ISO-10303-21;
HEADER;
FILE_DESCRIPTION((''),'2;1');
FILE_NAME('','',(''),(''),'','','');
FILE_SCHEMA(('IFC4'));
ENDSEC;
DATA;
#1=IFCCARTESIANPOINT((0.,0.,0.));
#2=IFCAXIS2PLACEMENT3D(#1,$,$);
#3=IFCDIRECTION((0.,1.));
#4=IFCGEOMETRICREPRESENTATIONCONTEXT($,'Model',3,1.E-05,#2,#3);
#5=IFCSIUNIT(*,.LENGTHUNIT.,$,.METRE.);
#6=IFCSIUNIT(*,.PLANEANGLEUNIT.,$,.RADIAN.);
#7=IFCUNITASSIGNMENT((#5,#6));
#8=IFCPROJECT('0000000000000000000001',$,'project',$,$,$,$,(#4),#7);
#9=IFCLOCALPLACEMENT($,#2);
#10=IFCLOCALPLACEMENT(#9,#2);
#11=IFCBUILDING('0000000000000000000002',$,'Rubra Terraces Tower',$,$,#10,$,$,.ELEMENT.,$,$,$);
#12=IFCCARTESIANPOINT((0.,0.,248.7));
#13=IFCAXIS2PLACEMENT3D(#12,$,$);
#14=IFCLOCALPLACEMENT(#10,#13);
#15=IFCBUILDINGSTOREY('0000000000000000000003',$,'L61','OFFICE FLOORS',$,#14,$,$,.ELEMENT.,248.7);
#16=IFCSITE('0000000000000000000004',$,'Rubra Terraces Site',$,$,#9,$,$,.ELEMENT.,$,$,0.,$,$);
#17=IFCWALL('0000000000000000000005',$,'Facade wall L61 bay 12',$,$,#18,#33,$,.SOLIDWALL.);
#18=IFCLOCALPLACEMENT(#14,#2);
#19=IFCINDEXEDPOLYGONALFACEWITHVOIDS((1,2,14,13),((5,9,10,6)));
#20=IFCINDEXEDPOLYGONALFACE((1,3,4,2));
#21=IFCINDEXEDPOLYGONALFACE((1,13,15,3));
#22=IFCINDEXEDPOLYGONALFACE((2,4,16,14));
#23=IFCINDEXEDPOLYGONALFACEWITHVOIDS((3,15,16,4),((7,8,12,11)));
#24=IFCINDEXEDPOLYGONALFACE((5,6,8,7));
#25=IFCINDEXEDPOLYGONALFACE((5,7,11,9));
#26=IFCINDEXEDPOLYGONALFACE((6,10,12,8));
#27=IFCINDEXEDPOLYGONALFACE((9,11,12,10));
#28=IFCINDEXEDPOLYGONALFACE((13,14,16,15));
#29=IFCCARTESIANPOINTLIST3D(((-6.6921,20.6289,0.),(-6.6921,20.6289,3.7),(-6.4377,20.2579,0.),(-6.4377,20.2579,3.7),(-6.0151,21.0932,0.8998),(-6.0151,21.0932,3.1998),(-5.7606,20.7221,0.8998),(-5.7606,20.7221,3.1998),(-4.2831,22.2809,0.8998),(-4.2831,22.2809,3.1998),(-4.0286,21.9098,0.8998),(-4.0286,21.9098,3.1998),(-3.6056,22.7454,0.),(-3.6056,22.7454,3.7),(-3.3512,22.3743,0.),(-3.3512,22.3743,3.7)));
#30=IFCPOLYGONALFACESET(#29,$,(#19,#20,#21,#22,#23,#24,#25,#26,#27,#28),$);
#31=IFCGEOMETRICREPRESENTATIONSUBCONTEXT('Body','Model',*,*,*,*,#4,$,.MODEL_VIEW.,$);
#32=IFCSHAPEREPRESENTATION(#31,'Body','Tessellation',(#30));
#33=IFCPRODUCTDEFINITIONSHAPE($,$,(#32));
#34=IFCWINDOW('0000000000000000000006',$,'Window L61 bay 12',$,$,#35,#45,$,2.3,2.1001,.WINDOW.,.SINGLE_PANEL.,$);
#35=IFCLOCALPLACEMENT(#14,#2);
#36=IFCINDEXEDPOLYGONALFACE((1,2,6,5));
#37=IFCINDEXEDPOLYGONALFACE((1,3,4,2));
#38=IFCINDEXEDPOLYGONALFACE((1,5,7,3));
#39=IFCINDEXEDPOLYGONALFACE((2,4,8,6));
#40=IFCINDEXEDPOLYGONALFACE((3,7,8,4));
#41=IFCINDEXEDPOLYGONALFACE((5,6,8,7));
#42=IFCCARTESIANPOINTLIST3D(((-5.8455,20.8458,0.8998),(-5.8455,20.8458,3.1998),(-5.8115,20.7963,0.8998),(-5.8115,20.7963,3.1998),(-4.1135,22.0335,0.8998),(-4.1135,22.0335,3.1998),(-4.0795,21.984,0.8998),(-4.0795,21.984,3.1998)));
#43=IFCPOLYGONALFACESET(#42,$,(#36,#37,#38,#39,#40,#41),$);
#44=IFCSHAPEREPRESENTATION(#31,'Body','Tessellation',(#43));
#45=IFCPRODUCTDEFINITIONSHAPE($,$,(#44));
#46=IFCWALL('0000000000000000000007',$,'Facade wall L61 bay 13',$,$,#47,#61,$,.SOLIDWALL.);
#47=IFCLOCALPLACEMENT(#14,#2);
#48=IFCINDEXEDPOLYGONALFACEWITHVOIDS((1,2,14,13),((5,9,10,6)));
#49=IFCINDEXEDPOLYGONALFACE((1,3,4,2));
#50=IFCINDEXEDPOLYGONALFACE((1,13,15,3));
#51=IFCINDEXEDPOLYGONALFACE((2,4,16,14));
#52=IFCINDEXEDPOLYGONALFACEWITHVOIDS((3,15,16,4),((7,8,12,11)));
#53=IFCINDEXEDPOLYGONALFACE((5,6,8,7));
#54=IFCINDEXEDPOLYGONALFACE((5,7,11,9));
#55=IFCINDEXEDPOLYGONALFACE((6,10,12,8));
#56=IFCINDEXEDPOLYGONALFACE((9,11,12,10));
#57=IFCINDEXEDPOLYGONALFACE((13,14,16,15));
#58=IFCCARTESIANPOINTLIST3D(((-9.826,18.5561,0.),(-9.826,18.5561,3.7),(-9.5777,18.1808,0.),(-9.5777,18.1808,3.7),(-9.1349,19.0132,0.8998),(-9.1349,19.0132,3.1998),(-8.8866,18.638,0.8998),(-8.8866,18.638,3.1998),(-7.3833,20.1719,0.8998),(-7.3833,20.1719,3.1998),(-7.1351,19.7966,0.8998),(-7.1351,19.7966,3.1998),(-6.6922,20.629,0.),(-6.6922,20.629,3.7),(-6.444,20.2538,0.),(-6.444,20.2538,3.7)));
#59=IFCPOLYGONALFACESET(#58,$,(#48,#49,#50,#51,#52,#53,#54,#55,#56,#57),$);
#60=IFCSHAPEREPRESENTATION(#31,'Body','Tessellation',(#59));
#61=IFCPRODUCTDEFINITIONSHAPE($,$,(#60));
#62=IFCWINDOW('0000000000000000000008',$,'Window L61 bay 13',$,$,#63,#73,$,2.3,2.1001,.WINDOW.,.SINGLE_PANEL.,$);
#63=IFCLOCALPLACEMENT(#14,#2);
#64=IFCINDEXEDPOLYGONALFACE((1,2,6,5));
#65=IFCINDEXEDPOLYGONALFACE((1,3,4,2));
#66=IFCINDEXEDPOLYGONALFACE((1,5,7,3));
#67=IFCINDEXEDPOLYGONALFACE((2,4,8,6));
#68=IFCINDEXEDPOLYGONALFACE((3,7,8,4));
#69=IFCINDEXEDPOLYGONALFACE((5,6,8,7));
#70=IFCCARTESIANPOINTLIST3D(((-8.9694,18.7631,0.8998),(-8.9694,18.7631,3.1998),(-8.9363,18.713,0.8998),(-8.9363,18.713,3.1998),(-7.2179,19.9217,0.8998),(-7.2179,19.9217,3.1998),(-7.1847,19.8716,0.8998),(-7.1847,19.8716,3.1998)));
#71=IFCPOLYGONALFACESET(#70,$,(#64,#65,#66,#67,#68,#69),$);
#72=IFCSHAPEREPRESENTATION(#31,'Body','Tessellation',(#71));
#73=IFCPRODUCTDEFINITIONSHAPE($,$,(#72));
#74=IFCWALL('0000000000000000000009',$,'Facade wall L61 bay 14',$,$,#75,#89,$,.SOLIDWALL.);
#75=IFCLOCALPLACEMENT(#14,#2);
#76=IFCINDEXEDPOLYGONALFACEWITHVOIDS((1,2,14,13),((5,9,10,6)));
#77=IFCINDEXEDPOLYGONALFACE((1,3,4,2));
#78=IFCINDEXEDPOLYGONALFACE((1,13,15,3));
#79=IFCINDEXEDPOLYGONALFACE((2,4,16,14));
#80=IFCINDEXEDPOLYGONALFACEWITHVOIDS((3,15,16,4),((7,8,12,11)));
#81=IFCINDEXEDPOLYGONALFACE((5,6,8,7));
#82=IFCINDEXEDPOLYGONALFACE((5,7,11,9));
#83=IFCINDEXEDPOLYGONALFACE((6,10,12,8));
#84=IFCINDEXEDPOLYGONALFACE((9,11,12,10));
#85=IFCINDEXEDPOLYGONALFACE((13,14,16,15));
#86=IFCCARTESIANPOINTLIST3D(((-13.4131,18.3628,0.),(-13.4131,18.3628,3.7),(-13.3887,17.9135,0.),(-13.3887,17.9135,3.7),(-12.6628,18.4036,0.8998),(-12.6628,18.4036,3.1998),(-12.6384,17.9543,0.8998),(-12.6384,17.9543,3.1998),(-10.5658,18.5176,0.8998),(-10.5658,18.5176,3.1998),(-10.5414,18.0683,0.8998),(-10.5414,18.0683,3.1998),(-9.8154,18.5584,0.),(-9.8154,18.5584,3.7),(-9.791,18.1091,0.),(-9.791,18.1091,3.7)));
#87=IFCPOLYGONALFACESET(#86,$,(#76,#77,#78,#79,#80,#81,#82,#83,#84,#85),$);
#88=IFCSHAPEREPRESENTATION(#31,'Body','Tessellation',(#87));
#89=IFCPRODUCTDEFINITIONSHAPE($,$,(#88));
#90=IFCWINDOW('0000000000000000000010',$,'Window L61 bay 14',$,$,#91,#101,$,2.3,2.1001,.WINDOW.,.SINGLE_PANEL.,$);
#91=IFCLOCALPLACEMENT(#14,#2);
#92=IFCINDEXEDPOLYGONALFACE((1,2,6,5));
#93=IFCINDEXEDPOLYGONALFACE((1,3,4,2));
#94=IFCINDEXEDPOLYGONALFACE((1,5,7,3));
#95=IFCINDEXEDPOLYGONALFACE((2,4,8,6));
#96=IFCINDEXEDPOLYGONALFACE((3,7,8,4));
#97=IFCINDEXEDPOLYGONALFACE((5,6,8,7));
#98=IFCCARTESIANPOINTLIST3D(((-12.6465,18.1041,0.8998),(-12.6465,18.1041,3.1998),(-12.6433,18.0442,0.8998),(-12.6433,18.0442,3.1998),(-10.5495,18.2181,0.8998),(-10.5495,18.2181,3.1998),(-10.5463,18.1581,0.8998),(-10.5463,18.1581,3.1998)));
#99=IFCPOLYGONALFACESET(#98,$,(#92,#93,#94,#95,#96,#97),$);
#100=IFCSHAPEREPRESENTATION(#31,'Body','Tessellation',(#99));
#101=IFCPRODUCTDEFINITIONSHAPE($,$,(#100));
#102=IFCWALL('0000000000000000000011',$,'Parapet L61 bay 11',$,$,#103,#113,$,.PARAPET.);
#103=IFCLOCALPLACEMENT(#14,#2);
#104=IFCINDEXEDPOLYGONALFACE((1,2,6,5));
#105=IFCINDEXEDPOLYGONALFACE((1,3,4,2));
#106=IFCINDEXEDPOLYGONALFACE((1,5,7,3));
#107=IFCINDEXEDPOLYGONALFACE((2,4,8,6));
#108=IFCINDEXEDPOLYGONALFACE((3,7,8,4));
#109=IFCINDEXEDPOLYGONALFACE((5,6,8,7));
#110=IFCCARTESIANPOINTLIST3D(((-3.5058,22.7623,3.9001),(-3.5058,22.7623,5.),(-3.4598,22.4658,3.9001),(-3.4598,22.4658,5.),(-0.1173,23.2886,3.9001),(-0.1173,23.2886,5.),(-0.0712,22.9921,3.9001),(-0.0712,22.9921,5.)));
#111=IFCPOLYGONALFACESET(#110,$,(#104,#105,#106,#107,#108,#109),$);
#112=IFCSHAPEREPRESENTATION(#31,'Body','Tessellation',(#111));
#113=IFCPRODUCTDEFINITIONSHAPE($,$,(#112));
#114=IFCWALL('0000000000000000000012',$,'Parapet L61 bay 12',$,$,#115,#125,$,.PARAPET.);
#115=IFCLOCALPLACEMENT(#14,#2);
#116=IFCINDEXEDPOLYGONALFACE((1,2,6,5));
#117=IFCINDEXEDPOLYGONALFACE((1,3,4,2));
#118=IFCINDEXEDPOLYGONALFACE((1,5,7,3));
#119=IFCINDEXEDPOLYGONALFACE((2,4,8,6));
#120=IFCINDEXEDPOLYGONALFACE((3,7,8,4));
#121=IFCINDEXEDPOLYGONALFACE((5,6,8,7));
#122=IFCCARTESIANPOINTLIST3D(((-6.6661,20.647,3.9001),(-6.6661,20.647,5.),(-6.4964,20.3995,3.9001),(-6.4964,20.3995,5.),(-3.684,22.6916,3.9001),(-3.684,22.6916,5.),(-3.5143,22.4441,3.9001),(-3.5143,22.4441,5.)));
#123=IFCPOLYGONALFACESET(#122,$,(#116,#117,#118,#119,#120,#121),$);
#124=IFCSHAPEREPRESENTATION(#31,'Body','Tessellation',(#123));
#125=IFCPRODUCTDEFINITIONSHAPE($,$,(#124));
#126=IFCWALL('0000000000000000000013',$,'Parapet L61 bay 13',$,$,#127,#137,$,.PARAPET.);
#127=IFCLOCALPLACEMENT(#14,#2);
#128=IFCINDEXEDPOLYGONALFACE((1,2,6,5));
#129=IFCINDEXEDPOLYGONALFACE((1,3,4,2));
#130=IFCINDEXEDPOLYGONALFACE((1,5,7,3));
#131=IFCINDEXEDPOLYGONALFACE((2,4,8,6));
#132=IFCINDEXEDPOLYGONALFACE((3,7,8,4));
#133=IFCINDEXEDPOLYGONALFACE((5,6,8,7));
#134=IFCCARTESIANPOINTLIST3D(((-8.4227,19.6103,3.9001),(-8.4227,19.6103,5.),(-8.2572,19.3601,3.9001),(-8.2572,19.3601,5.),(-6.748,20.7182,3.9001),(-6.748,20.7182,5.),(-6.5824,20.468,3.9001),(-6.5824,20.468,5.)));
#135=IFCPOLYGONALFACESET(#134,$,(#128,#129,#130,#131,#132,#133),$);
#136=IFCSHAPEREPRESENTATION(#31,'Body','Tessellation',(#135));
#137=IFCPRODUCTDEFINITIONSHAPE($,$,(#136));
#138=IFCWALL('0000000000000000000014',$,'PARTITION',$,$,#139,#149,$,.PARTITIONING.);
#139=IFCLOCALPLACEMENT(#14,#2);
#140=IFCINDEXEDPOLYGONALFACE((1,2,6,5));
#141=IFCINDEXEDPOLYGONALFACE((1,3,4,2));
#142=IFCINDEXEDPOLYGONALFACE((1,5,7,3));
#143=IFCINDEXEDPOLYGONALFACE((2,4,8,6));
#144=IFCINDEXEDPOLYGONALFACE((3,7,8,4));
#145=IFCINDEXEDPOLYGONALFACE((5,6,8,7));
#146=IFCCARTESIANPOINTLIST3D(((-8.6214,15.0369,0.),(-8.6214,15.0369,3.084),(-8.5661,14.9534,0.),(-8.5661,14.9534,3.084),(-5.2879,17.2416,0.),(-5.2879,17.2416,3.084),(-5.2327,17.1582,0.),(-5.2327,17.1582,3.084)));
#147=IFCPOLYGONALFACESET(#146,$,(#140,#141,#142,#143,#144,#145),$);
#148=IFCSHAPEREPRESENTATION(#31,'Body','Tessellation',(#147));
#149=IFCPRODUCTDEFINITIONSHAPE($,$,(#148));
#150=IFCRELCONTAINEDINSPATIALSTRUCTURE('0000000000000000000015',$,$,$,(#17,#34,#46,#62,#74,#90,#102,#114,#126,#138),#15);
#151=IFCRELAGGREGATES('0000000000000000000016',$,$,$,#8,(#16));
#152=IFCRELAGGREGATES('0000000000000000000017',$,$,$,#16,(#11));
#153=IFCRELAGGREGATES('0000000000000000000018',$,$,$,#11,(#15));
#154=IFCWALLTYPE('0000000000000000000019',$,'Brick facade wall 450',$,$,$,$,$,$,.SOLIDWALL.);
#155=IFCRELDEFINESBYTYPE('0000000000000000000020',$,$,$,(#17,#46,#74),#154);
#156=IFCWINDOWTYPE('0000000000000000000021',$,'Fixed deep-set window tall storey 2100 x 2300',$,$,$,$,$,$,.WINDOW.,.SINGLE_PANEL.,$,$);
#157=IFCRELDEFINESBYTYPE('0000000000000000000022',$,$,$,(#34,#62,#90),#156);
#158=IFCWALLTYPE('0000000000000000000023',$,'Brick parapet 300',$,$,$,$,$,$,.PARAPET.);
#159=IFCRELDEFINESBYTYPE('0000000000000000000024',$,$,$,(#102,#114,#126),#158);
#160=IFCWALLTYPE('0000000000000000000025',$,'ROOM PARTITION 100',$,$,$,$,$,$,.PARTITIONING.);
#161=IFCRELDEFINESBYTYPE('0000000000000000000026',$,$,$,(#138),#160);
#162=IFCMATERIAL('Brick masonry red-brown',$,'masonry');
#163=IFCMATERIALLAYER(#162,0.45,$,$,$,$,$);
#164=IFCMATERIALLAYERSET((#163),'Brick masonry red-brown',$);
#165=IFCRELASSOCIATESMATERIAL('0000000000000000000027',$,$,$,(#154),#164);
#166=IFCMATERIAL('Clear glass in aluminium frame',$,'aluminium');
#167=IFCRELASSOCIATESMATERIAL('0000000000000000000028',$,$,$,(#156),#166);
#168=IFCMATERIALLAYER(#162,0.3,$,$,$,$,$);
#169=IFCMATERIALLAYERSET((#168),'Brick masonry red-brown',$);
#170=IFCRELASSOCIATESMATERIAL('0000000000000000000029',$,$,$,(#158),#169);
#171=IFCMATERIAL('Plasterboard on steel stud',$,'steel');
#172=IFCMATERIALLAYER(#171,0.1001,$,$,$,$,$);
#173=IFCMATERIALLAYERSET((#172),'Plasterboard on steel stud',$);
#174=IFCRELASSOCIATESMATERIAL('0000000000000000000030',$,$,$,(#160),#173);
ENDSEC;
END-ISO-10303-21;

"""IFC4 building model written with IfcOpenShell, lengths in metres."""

from ifc_helpers import new_model, si_unit, direction, frame, frame_2d, origin, place, context, subcontext, project, spatial, rectangle, extrude, material, layer, layer_set, type_object, element, fill, save


model = new_model("IFC4")

# Units and contexts
model_context = context("Model", 3, precision=1e-05, world=origin(), true_north=direction((0.0, 1.0)))
body_context = subcontext(model_context, "Body", "Model", "MODEL_VIEW")
ifc_project = project(units=[si_unit("LENGTHUNIT", "METRE"), si_unit("PLANEANGLEUNIT", "RADIAN")], contexts=[model_context])

# Site, building, storey
site_placement = place(None, origin())
site = spatial("IfcSite", under=ifc_project, at=site_placement, Name="Rubra Terraces Site", CompositionType="ELEMENT", RefElevation=0.0)
building_placement = place(site_placement, origin())
building = spatial("IfcBuilding", under=site, at=building_placement, Name="Rubra Terraces Tower", CompositionType="ELEMENT")
storey_placement = place(building_placement, frame((0.0, 0.0, 248.7)))
storey = spatial("IfcBuildingStorey", under=building, at=storey_placement, Name="L61", Description="OFFICE FLOORS", CompositionType="ELEMENT", Elevation=248.7)

# Walls, openings, windows
ifc_material_1 = material(Name="Brick masonry red-brown", Category="masonry")
ifc_layer_1 = layer(ifc_material_1, 0.45)
ifc_layer_set_1 = layer_set([ifc_layer_1], Name="Brick masonry red-brown")
wall_type_1 = type_object("IfcWallType", Name="Brick facade wall 450", PredefinedType="SOLIDWALL", material=ifc_layer_set_1)
wall_1_placement = place(storey_placement, frame((-3.4785, 22.5598, 0.0), z_axis=(0.0, 0.0, 1.0), x_axis=(-0.824723, -0.565537, 0.0)))
wall_1 = element("IfcWall", 1, at=wall_1_placement, inside=storey, type_object=wall_type_1, Name="Facade wall L61 bay 12", PredefinedType="SOLIDWALL", context=body_context, shape_type="SweptSolid", body=[
    extrude(rectangle(XDim=3.7424, YDim=0.45, at=frame_2d((1.8711, 0.0))), origin(), (0.0, 0.0, 1.0), 3.7),
])
opening_1_placement = place(wall_1_placement, frame((0.8213, 0.0, 0.8999)))
opening_1 = element("IfcOpeningElement", 2, at=opening_1_placement, cuts=wall_1, PredefinedType="OPENING", context=body_context, shape_type="SweptSolid", body=[
    extrude(rectangle(XDim=2.1001, YDim=2.3, at=frame_2d((1.05, 1.1499))), frame((0.0, 0.2349, 0.0), z_axis=(0.0, -1.0, 0.0), x_axis=(1.0, 0.0, 0.0)), (0.0, 0.0, 1.0), 0.47),
])
ifc_material_2 = material(Name="Clear glass in aluminium frame", Category="aluminium")
window_type = type_object("IfcWindowType", Name="Fixed deep-set window tall storey 2100 x 2300", PartitioningType="SINGLE_PANEL", PredefinedType="WINDOW", material=ifc_material_2)
window_1_placement = place(opening_1_placement, origin())
window_1 = element("IfcWindow", 3, at=window_1_placement, inside=storey, type_object=window_type, Name="Window L61 bay 12", OverallHeight=2.3, OverallWidth=2.1001, PartitioningType="SINGLE_PANEL", PredefinedType="WINDOW", context=body_context, shape_type="SweptSolid", body=[
    extrude(rectangle(XDim=2.1001, YDim=2.3, at=frame_2d((1.05, 1.1499))), frame((0.0, 0.135, 0.0), z_axis=(0.0, -1.0, 0.0), x_axis=(1.0, 0.0, 0.0)), (0.0, 0.0, 1.0), 0.0601),
])
fill(opening_1, window_1)
wall_2_placement = place(storey_placement, frame((-6.5681, 20.4414, 0.0), z_axis=(0.0, 0.0, 1.0), x_axis=(-0.834034, -0.551713, 0.0)))
wall_2 = element("IfcWall", 4, at=wall_2_placement, inside=storey, type_object=wall_type_1, Name="Facade wall L61 bay 13", PredefinedType="SOLIDWALL", context=body_context, shape_type="SweptSolid", body=[
    extrude(rectangle(XDim=3.7573, YDim=0.45, at=frame_2d((1.8787, 0.0))), origin(), (0.0, 0.0, 1.0), 3.7),
])
opening_2_placement = place(wall_2_placement, frame((0.8286, 0.0, 0.8999)))
opening_2 = element("IfcOpeningElement", 5, at=opening_2_placement, cuts=wall_2, PredefinedType="OPENING", context=body_context, shape_type="SweptSolid", body=[
    extrude(rectangle(XDim=2.1001, YDim=2.3, at=frame_2d((1.05, 1.1499))), frame((0.0, 0.2349, 0.0), z_axis=(0.0, -1.0, 0.0), x_axis=(1.0, 0.0, 0.0)), (0.0, 0.0, 1.0), 0.47),
])
window_2_placement = place(opening_2_placement, origin())
window_2 = element("IfcWindow", 6, at=window_2_placement, inside=storey, type_object=window_type, Name="Window L61 bay 13", OverallHeight=2.3, OverallWidth=2.1001, PartitioningType="SINGLE_PANEL", PredefinedType="WINDOW", context=body_context, shape_type="SweptSolid", body=[
    extrude(rectangle(XDim=2.1001, YDim=2.3, at=frame_2d((1.05, 1.1499))), frame((0.0, 0.135, 0.0), z_axis=(0.0, -1.0, 0.0), x_axis=(1.0, 0.0, 0.0)), (0.0, 0.0, 1.0), 0.0601),
])
fill(opening_2, window_2)
wall_3_placement = place(storey_placement, frame((-9.8032, 18.3337, 0.0), z_axis=(0.0, 0.0, 1.0), x_axis=(-0.998526, -0.054277, 0.0)))
wall_3 = element("IfcWall", 7, at=wall_3_placement, inside=storey, type_object=wall_type_1, Name="Facade wall L61 bay 14", PredefinedType="SOLIDWALL", context=body_context, shape_type="SweptSolid", body=[
    extrude(rectangle(XDim=3.603, YDim=0.45, at=frame_2d((1.8015, 0.0))), origin(), (0.0, 0.0, 1.0), 3.7),
])
opening_3_placement = place(wall_3_placement, frame((0.7515, 0.0, 0.8999)))
opening_3 = element("IfcOpeningElement", 8, at=opening_3_placement, cuts=wall_3, PredefinedType="OPENING", context=body_context, shape_type="SweptSolid", body=[
    extrude(rectangle(XDim=2.1001, YDim=2.3, at=frame_2d((1.05, 1.1499))), frame((0.0, 0.2349, 0.0), z_axis=(0.0, -1.0, 0.0), x_axis=(1.0, 0.0, 0.0)), (0.0, 0.0, 1.0), 0.47),
])
window_3_placement = place(opening_3_placement, origin())
window_3 = element("IfcWindow", 9, at=window_3_placement, inside=storey, type_object=window_type, Name="Window L61 bay 14", OverallHeight=2.3, OverallWidth=2.1001, PartitioningType="SINGLE_PANEL", PredefinedType="WINDOW", context=body_context, shape_type="SweptSolid", body=[
    extrude(rectangle(XDim=2.1001, YDim=2.3, at=frame_2d((1.05, 1.1499))), frame((0.0, 0.135, 0.0), z_axis=(0.0, -1.0, 0.0), x_axis=(1.0, 0.0, 0.0)), (0.0, 0.0, 1.0), 0.0601),
])
fill(opening_3, window_3)

# Walls
ifc_layer_2 = layer(ifc_material_1, 0.3)
ifc_layer_set_2 = layer_set([ifc_layer_2], Name="Brick masonry red-brown")
wall_type_2 = type_object("IfcWallType", Name="Brick parapet 300", PredefinedType="PARAPET", material=ifc_layer_set_2)
wall_4_placement = place(storey_placement, frame((-0.0942, 23.1404, 3.9001), z_axis=(0.0, 0.0, 1.0), x_axis=(-0.98815, -0.153491, 0.0)))
element("IfcWall", 10, at=wall_4_placement, inside=storey, type_object=wall_type_2, Name="Parapet L61 bay 11", PredefinedType="PARAPET", context=body_context, shape_type="SweptSolid", body=[
    extrude(rectangle(XDim=3.4292, YDim=0.3, at=frame_2d((1.7146, 0.0))), origin(), (0.0, 0.0, 1.0), 1.0999),
])
wall_5_placement = place(storey_placement, frame((-3.5991, 22.5679, 3.9001), z_axis=(0.0, 0.0, 1.0), x_axis=(-0.82476, -0.565482, 0.0)))
element("IfcWall", 11, at=wall_5_placement, inside=storey, type_object=wall_type_2, Name="Parapet L61 bay 12", PredefinedType="PARAPET", context=body_context, shape_type="SweptSolid", body=[
    extrude(rectangle(XDim=3.6157, YDim=0.3, at=frame_2d((1.8079, 0.0))), origin(), (0.0, 0.0, 1.0), 1.0999),
])
wall_6_placement = place(storey_placement, frame((-6.6653, 20.593, 3.9001), z_axis=(0.0, 0.0, 1.0), x_axis=(-0.834028, -0.551723, 0.0)))
element("IfcWall", 12, at=wall_6_placement, inside=storey, type_object=wall_type_2, Name="Parapet L61 bay 13", PredefinedType="PARAPET", context=body_context, shape_type="SweptSolid", body=[
    extrude(rectangle(XDim=2.0081, YDim=0.3, at=frame_2d((1.0039, 0.0))), origin(), (0.0, 0.0, 1.0), 1.0999),
])
ifc_material_3 = material(Name="Plasterboard on steel stud", Category="steel")
ifc_layer_3 = layer(ifc_material_3, 0.1001)
ifc_layer_set_3 = layer_set([ifc_layer_3], Name="Plasterboard on steel stud")
wall_type_3 = type_object("IfcWallType", Name="ROOM PARTITION 100", PredefinedType="PARTITIONING", material=ifc_layer_set_3)
wall_7_placement = place(storey_placement, frame((-8.5938, 14.9951, 0.0), z_axis=(0.0, 0.0, 1.0), x_axis=(0.834065, 0.551666, 0.0)))
element("IfcWall", 13, at=wall_7_placement, inside=storey, type_object=wall_type_3, Name="PARTITION", PredefinedType="PARTITIONING", context=body_context, shape_type="SweptSolid", body=[
    extrude(rectangle(XDim=3.9966, YDim=0.1001, at=frame_2d((1.9983, 0.0))), origin(), (0.0, 0.0, 1.0), 3.084),
])

save(model, "model.ifc")
